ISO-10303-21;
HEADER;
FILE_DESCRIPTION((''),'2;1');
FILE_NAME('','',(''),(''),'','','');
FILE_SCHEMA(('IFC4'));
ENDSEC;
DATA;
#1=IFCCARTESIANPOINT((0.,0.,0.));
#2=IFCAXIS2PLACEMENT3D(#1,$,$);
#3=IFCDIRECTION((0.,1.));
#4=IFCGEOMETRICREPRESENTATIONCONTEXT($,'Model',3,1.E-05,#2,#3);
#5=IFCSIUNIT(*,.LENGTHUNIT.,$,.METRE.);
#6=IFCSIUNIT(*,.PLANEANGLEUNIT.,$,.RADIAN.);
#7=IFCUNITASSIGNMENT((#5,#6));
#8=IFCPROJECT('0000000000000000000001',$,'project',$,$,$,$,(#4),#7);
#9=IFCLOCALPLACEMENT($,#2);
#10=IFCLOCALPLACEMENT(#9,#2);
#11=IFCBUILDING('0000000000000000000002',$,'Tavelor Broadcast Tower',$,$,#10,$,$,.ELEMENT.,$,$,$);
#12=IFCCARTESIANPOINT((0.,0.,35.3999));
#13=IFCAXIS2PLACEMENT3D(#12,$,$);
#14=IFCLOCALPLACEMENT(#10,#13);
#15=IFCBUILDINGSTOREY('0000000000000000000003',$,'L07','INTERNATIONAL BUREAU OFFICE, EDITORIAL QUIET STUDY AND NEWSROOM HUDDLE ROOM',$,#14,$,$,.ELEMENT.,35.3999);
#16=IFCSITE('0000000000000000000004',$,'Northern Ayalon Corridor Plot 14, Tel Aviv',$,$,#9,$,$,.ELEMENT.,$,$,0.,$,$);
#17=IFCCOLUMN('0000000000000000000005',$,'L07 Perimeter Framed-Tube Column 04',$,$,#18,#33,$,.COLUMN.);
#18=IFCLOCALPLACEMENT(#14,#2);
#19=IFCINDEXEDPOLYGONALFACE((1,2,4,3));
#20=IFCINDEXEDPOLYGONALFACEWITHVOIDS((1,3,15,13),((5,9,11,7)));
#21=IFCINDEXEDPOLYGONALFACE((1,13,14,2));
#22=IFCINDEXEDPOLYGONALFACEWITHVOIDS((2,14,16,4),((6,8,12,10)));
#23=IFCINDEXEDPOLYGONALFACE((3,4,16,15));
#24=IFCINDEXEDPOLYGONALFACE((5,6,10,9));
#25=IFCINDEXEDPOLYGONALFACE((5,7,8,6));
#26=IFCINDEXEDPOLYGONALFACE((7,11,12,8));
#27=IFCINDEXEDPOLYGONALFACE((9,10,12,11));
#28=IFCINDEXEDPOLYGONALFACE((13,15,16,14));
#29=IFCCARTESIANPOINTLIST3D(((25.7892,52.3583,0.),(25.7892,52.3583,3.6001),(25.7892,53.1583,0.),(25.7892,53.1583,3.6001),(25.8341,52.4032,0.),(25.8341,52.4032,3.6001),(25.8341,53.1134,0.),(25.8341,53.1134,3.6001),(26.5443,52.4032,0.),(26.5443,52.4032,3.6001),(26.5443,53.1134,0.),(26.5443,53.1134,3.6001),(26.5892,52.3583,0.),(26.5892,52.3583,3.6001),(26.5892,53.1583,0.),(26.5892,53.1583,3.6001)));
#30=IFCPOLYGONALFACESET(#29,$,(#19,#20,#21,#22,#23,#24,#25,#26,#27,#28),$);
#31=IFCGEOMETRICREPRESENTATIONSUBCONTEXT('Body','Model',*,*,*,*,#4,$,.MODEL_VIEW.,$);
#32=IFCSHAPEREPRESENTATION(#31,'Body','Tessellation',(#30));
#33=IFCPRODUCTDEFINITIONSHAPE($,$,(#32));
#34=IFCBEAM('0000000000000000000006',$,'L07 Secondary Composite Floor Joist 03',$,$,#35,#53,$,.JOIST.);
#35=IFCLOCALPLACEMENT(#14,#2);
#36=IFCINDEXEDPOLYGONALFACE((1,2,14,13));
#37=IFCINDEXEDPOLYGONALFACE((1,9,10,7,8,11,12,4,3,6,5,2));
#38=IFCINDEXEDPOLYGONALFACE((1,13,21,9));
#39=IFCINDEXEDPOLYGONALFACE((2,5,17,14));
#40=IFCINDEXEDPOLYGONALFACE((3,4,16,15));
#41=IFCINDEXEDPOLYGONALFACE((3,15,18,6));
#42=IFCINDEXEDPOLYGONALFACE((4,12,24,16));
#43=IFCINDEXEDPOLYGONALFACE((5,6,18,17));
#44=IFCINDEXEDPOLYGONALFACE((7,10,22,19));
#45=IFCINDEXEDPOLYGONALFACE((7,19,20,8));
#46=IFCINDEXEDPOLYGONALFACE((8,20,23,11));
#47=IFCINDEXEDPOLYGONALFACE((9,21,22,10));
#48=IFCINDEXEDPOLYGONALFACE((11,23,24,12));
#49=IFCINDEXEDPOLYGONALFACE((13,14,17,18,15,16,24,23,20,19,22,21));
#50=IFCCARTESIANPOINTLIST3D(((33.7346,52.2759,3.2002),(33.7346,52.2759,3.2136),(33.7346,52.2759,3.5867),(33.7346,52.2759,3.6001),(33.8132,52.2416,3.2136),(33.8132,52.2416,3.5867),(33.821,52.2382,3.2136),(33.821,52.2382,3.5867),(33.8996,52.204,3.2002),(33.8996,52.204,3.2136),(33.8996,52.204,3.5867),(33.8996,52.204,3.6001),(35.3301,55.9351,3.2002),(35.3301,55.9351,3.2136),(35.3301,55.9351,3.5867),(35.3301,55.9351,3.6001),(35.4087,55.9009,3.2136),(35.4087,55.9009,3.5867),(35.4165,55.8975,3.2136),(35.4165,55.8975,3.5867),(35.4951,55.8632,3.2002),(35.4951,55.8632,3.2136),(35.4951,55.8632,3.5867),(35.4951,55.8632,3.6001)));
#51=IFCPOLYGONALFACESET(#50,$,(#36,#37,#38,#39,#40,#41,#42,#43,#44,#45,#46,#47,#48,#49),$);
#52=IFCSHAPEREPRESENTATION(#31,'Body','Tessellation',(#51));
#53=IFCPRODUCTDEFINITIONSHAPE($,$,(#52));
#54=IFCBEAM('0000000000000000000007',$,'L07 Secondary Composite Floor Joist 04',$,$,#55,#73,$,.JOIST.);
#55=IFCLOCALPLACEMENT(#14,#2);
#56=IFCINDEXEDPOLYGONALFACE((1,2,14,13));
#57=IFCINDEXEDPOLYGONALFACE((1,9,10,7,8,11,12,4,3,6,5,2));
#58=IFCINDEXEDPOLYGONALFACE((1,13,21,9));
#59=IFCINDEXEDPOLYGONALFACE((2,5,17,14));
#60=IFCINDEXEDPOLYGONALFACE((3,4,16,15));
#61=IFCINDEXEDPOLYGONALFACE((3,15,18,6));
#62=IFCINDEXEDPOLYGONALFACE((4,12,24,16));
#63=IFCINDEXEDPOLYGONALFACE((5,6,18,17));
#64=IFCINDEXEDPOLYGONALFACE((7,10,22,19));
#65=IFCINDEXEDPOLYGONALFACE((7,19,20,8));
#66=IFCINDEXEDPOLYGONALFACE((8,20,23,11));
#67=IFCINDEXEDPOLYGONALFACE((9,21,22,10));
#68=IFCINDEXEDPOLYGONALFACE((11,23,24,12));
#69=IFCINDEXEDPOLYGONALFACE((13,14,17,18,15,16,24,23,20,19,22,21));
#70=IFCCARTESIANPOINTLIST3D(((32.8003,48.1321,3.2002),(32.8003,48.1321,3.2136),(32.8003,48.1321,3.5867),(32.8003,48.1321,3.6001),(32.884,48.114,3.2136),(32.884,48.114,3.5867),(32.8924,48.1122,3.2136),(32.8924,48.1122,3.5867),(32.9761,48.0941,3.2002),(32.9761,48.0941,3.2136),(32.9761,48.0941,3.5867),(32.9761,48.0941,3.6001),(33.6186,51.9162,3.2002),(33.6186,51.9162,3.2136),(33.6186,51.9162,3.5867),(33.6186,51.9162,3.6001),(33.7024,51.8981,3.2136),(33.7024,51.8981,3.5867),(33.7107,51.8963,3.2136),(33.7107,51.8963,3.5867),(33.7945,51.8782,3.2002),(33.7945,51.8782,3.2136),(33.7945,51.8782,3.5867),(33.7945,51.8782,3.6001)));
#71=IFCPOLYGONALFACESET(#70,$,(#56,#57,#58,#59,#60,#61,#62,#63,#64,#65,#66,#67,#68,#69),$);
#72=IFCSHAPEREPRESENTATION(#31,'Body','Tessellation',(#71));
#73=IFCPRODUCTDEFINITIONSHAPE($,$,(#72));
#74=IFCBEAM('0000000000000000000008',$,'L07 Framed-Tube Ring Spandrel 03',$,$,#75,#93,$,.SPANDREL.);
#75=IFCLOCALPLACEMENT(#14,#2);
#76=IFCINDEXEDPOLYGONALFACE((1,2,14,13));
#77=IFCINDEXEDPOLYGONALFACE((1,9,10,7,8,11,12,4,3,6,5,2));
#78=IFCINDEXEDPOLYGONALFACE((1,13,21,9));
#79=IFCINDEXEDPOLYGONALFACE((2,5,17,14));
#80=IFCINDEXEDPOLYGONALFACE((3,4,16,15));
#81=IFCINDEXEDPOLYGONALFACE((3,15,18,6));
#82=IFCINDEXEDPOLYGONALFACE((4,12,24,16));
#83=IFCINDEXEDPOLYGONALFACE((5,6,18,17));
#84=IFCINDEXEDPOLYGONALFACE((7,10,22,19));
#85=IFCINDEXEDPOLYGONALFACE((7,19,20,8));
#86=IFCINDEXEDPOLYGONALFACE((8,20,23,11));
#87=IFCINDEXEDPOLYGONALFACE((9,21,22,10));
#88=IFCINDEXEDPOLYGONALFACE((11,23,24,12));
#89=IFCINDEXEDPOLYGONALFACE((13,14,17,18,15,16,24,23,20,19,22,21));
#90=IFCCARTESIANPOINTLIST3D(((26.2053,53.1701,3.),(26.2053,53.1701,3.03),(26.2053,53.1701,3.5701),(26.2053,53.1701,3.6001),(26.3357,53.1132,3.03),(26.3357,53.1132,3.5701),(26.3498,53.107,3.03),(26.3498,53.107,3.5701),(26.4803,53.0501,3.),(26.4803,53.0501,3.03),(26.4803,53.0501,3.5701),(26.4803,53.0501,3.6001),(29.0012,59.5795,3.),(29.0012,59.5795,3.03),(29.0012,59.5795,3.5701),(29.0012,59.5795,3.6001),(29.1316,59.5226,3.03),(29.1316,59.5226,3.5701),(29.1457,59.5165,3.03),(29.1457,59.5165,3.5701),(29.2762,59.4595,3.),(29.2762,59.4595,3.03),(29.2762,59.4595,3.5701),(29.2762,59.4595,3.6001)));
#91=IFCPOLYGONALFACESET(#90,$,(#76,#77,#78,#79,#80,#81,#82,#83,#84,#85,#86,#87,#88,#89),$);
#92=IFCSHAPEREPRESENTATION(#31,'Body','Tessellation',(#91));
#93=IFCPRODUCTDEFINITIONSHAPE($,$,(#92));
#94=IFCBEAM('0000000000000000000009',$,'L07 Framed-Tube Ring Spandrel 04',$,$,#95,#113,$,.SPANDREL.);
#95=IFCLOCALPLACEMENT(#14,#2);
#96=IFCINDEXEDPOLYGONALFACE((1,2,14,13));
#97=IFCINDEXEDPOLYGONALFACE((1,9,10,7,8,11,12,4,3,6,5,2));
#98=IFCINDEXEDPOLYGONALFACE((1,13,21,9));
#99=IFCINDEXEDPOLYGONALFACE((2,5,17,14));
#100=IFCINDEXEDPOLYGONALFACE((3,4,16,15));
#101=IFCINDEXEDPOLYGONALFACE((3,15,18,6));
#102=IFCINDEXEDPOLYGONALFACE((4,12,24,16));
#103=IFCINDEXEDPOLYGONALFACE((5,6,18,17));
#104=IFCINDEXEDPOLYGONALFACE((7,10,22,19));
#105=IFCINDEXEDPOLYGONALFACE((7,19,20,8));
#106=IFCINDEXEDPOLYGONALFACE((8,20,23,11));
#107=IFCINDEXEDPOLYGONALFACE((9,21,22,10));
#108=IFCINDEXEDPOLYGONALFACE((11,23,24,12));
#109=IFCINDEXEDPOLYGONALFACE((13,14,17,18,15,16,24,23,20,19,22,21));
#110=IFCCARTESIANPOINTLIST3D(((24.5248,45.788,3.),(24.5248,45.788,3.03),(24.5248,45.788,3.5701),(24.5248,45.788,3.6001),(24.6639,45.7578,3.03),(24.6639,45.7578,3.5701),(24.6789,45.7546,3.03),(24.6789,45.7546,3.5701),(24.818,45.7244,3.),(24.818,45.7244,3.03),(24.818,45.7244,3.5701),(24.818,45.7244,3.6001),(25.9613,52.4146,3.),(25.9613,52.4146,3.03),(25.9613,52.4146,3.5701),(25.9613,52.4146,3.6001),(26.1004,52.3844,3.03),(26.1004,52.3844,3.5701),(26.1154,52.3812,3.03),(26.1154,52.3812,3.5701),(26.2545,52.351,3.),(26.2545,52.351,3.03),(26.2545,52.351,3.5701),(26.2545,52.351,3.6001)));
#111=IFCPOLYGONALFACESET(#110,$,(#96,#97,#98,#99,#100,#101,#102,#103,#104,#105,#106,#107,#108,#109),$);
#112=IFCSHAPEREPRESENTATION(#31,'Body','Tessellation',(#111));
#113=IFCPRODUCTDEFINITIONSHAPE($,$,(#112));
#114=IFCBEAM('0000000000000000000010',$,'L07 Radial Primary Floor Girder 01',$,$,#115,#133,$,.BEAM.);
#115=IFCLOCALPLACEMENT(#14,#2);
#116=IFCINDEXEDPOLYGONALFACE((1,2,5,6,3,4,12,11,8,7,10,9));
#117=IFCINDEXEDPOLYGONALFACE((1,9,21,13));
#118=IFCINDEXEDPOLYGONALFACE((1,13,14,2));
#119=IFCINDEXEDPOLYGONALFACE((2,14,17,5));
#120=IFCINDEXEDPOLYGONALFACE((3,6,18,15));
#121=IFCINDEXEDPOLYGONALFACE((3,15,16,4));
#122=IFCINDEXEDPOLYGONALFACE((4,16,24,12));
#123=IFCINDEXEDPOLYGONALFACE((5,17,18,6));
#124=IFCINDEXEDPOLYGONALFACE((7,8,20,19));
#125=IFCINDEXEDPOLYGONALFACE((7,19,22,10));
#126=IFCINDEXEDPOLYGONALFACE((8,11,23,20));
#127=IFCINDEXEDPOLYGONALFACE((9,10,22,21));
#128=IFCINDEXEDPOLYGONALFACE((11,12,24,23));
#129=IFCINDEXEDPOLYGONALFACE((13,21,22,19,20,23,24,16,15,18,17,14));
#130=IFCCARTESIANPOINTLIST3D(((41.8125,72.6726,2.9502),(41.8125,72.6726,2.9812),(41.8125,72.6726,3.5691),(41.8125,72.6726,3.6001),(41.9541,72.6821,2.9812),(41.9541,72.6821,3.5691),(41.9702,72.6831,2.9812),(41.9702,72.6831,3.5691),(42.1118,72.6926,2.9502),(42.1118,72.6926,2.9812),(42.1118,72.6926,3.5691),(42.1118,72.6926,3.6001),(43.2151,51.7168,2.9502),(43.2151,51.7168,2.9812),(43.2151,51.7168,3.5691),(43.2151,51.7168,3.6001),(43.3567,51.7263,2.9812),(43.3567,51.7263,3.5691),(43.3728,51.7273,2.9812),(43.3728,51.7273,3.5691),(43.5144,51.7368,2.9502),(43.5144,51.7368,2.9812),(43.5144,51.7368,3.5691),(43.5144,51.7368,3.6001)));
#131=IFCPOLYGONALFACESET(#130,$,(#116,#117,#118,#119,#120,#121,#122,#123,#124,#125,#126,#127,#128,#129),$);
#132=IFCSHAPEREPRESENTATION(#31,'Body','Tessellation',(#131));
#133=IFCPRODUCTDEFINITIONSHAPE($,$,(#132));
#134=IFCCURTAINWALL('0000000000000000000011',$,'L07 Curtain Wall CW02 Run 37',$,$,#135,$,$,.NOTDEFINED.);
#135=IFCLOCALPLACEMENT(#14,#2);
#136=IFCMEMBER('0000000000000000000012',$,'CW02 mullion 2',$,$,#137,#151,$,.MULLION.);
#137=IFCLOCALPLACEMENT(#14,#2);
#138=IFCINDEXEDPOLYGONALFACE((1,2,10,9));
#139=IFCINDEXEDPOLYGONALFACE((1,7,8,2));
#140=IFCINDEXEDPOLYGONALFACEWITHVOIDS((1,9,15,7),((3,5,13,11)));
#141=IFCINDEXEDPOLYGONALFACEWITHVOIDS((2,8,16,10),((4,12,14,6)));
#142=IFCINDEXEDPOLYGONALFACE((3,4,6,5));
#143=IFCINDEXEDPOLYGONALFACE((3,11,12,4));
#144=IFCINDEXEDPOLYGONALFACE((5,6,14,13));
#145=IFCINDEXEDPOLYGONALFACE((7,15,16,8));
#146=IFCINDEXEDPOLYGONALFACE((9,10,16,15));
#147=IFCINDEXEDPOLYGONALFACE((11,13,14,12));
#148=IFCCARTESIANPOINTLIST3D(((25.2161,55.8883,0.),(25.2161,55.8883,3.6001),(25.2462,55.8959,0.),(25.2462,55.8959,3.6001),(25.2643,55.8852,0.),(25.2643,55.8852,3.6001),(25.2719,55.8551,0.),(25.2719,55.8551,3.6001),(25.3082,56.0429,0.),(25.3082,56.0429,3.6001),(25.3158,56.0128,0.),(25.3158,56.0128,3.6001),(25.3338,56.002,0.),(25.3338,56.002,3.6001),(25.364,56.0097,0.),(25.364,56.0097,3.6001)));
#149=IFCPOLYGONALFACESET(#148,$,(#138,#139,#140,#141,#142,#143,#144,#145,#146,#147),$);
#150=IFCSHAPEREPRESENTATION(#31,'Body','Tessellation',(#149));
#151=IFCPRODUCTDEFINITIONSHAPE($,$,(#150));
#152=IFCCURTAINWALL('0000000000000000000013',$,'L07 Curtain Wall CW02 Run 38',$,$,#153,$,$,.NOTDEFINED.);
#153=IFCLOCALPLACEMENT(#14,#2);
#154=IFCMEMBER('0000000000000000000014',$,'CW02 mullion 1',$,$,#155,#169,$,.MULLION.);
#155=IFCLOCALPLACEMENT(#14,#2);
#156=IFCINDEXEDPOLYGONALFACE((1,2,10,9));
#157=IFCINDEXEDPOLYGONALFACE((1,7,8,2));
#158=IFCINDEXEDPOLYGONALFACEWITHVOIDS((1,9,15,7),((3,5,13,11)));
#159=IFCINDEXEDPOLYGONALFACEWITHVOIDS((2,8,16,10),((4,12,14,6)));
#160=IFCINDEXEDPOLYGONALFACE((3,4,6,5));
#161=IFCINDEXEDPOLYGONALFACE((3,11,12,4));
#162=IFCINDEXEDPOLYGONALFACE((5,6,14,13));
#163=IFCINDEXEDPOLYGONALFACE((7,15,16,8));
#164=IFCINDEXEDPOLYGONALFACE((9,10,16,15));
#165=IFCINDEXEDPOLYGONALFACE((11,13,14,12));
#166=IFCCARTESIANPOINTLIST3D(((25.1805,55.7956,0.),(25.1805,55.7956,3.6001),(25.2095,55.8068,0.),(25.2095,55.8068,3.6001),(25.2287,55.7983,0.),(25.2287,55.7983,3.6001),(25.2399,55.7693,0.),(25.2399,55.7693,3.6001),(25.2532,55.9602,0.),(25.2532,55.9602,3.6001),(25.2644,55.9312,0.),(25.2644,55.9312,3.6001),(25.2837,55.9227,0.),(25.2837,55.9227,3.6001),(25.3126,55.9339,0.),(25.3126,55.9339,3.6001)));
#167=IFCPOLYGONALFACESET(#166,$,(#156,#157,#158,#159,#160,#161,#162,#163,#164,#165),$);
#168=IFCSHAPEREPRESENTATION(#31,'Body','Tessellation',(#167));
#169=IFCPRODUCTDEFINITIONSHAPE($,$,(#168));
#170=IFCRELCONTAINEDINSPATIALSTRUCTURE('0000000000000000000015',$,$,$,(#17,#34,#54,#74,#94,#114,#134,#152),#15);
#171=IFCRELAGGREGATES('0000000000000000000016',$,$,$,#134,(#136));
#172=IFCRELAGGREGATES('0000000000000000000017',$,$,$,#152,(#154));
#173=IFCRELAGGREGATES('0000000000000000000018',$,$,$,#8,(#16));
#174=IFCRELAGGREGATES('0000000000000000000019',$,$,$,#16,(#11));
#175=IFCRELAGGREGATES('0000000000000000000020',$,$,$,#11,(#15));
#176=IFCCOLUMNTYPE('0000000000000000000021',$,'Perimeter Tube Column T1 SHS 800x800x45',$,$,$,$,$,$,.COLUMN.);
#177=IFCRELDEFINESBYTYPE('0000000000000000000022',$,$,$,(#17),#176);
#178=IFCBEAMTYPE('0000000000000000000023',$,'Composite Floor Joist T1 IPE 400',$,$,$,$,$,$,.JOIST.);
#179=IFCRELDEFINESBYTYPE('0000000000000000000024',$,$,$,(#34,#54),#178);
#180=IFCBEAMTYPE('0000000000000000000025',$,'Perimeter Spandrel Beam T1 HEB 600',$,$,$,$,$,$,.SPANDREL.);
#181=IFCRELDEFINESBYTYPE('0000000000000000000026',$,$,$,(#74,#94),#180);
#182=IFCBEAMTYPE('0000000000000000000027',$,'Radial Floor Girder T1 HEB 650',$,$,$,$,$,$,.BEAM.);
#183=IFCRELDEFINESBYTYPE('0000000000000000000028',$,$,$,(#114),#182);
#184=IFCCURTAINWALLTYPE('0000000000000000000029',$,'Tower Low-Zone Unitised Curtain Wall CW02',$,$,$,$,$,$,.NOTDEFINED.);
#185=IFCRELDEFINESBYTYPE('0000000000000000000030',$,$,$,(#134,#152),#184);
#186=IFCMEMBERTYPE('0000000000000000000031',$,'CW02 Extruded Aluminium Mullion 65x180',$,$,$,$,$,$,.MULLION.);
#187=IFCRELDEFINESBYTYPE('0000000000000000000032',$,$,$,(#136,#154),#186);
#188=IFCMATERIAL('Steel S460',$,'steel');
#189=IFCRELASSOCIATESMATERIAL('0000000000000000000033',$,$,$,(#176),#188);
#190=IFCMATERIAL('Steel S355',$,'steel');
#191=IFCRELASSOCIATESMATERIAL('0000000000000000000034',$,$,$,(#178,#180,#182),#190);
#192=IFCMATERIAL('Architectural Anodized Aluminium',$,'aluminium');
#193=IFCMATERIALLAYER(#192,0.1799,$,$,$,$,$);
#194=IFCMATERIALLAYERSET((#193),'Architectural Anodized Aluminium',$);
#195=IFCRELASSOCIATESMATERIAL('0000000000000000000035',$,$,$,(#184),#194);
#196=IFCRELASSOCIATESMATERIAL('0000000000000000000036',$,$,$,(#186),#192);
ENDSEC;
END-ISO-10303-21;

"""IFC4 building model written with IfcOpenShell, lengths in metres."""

from ifc_helpers import new_model, si_unit, direction, frame, origin, origin_2d, place, context, subcontext, project, spatial, hollow_rectangle, i_section, extrude, source, transform, mapped, material, layer, layer_set, material_profile, profile_set, type_object, type_shapes, element, aggregate, save


model = new_model("IFC4")

# Units and contexts
model_context = context("Model", 3, precision=1e-05, world=origin(), true_north=direction((0.0, 1.0)))
body_context = subcontext(model_context, "Body", "Model", "MODEL_VIEW")
ifc_project = project(units=[si_unit("LENGTHUNIT", "METRE"), si_unit("PLANEANGLEUNIT", "RADIAN")], contexts=[model_context])

# Site, building, storey
site_placement = place(None, origin())
site = spatial("IfcSite", under=ifc_project, at=site_placement, Name="Northern Ayalon Corridor Plot 14, Tel Aviv", CompositionType="ELEMENT", RefElevation=0.0)
building_placement = place(site_placement, origin())
building = spatial("IfcBuilding", under=site, at=building_placement, Name="Tavelor Broadcast Tower", CompositionType="ELEMENT")
storey_placement = place(building_placement, frame((0.0, 0.0, 35.3999)))
storey = spatial("IfcBuildingStorey", under=building, at=storey_placement, Name="L07", Description="INTERNATIONAL BUREAU OFFICE, EDITORIAL QUIET STUDY AND NEWSROOM HUDDLE ROOM", CompositionType="ELEMENT", Elevation=35.3999)

# Column
ifc_material_1 = material(Name="Steel S460", Category="steel")
ifc_material_profile_1 = material_profile(ifc_material_1, hollow_rectangle(XDim=0.8, YDim=0.8, WallThickness=0.0449, at=origin_2d()), Name="SHS 800x800x45")
ifc_profile_set_1 = profile_set([ifc_material_profile_1], Name="Steel S460")
column_type = type_object("IfcColumnType", Name="Perimeter Tube Column T1 SHS 800x800x45", PredefinedType="COLUMN", material=ifc_profile_set_1)
column_placement = place(storey_placement, frame((26.1892, 52.7583, 0.0), z_axis=(0.0, 0.0, 1.0), x_axis=(1.0, 0.0, 0.0)))
element("IfcColumn", 1, at=column_placement, inside=storey, type_object=column_type, Name="L07 Perimeter Framed-Tube Column 04", PredefinedType="COLUMN", context=body_context, shape_type="SweptSolid", body=[
    extrude(hollow_rectangle(XDim=0.8, YDim=0.8, WallThickness=0.0449, at=origin_2d()), origin(), (0.0, 0.0, 1.0), 3.6001),
])

# Beams
ifc_material_2 = material(Name="Steel S355", Category="steel")
ifc_material_profile_2 = material_profile(ifc_material_2, i_section(OverallWidth=0.1799, OverallDepth=0.3999, WebThickness=0.0085, FlangeThickness=0.0134, at=origin_2d()), Name="IPE 400")
ifc_profile_set_2 = profile_set([ifc_material_profile_2], Name="Steel S355")
beam_type_1 = type_object("IfcBeamType", Name="Composite Floor Joist T1 IPE 400", PredefinedType="JOIST", material=ifc_profile_set_2)
beam_1_placement = place(storey_placement, frame((35.4126, 55.8992, 3.4001), z_axis=(-0.399676, -0.916656, 0.0), x_axis=(0.916656, -0.399676, 0.0)))
element("IfcBeam", 2, at=beam_1_placement, inside=storey, type_object=beam_type_1, Name="L07 Secondary Composite Floor Joist 03", PredefinedType="JOIST", context=body_context, shape_type="SweptSolid", body=[
    extrude(i_section(OverallWidth=0.1799, OverallDepth=0.3999, WebThickness=0.0085, FlangeThickness=0.0134, at=origin_2d()), origin(), (0.0, 0.0, 1.0), 3.9919),
])
beam_2_placement = place(storey_placement, frame((33.7065, 51.8972, 3.4001), z_axis=(-0.211372, -0.977406, 0.0), x_axis=(0.977406, -0.211372, 0.0)))
element("IfcBeam", 3, at=beam_2_placement, inside=storey, type_object=beam_type_1, Name="L07 Secondary Composite Floor Joist 04", PredefinedType="JOIST", context=body_context, shape_type="SweptSolid", body=[
    extrude(i_section(OverallWidth=0.1799, OverallDepth=0.3999, WebThickness=0.0085, FlangeThickness=0.0134, at=origin_2d()), origin(), (0.0, 0.0, 1.0), 3.8716),
])
ifc_material_profile_3 = material_profile(ifc_material_2, i_section(OverallWidth=0.3, OverallDepth=0.6001, WebThickness=0.0154, FlangeThickness=0.03, at=origin_2d()), Name="HEB 600")
ifc_profile_set_3 = profile_set([ifc_material_profile_3], Name="Steel S355")
beam_type_2 = type_object("IfcBeamType", Name="Perimeter Spandrel Beam T1 HEB 600", PredefinedType="SPANDREL", material=ifc_profile_set_3)
beam_3_placement = place(storey_placement, frame((29.1387, 59.5195, 3.3), z_axis=(-0.399831, -0.916589, 0.0), x_axis=(0.916589, -0.399831, 0.0)))
element("IfcBeam", 4, at=beam_3_placement, inside=storey, type_object=beam_type_2, Name="L07 Framed-Tube Ring Spandrel 03", PredefinedType="SPANDREL", context=body_context, shape_type="SweptSolid", body=[
    extrude(i_section(OverallWidth=0.3, OverallDepth=0.6001, WebThickness=0.0154, FlangeThickness=0.03, at=origin_2d()), origin(), (0.0, 0.0, 1.0), 6.9927),
])
beam_4_placement = place(storey_placement, frame((26.1079, 52.3828, 3.3), z_axis=(-0.211857, -0.977301, 0.0), x_axis=(0.977301, -0.211857, 0.0)))
element("IfcBeam", 5, at=beam_4_placement, inside=storey, type_object=beam_type_2, Name="L07 Framed-Tube Ring Spandrel 04", PredefinedType="SPANDREL", context=body_context, shape_type="SweptSolid", body=[
    extrude(i_section(OverallWidth=0.3, OverallDepth=0.6001, WebThickness=0.0154, FlangeThickness=0.03, at=origin_2d()), origin(), (0.0, 0.0, 1.0), 6.7805),
])
ifc_material_profile_4 = material_profile(ifc_material_2, i_section(OverallWidth=0.3, OverallDepth=0.6499, WebThickness=0.0161, FlangeThickness=0.031, at=origin_2d()), Name="HEB 650")
ifc_profile_set_4 = profile_set([ifc_material_profile_4], Name="Steel S355")
beam_type_3 = type_object("IfcBeamType", Name="Radial Floor Girder T1 HEB 650", PredefinedType="BEAM", material=ifc_profile_set_4)
beam_5_placement = place(storey_placement, frame((43.3647, 51.7268, 3.2751), z_axis=(-0.066781, 0.997768, 0.0), x_axis=(-0.997768, -0.066781, 0.0)))
element("IfcBeam", 6, at=beam_5_placement, inside=storey, type_object=beam_type_3, Name="L07 Radial Primary Floor Girder 01", PredefinedType="BEAM", context=body_context, shape_type="SweptSolid", body=[
    extrude(i_section(OverallWidth=0.3, OverallDepth=0.6499, WebThickness=0.0161, FlangeThickness=0.031, at=origin_2d()), origin(), (0.0, 0.0, 1.0), 21.0027),
])

# Curtain wall, member
ifc_material_3 = material(Name="Architectural Anodized Aluminium", Category="aluminium")
ifc_layer_1 = layer(ifc_material_3, 0.1799)
ifc_layer_set_1 = layer_set([ifc_layer_1], Name="Architectural Anodized Aluminium")
curtain_wall_type = type_object("IfcCurtainWallType", Name="Tower Low-Zone Unitised Curtain Wall CW02", PredefinedType="NOTDEFINED", material=ifc_layer_set_1)
curtain_wall_1_placement = place(storey_placement, origin())
curtain_wall_1 = element("IfcCurtainWall", 7, at=curtain_wall_1_placement, inside=storey, type_object=curtain_wall_type, Name="L07 Curtain Wall CW02 Run 37", PredefinedType="NOTDEFINED")
ifc_material_profile_5 = material_profile(ifc_material_3, hollow_rectangle(XDim=0.0649, YDim=0.1799, WallThickness=0.022, at=origin_2d()), Name="RHS 65x180x22")
ifc_profile_set_5 = profile_set([ifc_material_profile_5], Name="Architectural Anodized Aluminium")
member_type_1 = type_object("IfcMemberType", Name="CW02 Extruded Aluminium Mullion 65x180", PredefinedType="MULLION", material=ifc_profile_set_5)
shared_shape_1 = source(origin(), body_context, "Body", "SweptSolid", [
    extrude(hollow_rectangle(XDim=0.0649, YDim=0.1799, WallThickness=0.022, at=origin_2d()), origin(), (0.0, 0.0, 1.0), 3.6001),
])
type_shapes(member_type_1, [shared_shape_1])
member_1_placement = place(storey_placement, frame((25.29, 55.949, 0.0), z_axis=(0.0, 0.0, 1.0), x_axis=(0.859182, -0.51167, 0.0)))
member_1 = element("IfcMember", 8, at=member_1_placement, type_object=member_type_1, Name="CW02 mullion 2", PredefinedType="MULLION", context=body_context, shape_type="MappedRepresentation", body=[
    mapped(shared_shape_1, transform((0.0, 0.0, 0.0), scale=1.0)),
])

# Curtain wall, member
curtain_wall_2_placement = place(storey_placement, origin())
curtain_wall_2 = element("IfcCurtainWall", 9, at=curtain_wall_2_placement, inside=storey, type_object=curtain_wall_type, Name="L07 Curtain Wall CW02 Run 38", PredefinedType="NOTDEFINED")
member_2_placement = place(storey_placement, frame((25.2466, 55.8647, 0.0), z_axis=(0.0, 0.0, 1.0), x_axis=(0.914783, -0.403945, 0.0)))
member_2 = element("IfcMember", 10, at=member_2_placement, type_object=member_type_1, Name="CW02 mullion 1", PredefinedType="MULLION", context=body_context, shape_type="MappedRepresentation", body=[
    mapped(shared_shape_1, transform((0.0, 0.0, 0.0), scale=1.0)),
])

aggregate(curtain_wall_1, [member_1])
aggregate(curtain_wall_2, [member_2])

save(model, "model.ifc")
